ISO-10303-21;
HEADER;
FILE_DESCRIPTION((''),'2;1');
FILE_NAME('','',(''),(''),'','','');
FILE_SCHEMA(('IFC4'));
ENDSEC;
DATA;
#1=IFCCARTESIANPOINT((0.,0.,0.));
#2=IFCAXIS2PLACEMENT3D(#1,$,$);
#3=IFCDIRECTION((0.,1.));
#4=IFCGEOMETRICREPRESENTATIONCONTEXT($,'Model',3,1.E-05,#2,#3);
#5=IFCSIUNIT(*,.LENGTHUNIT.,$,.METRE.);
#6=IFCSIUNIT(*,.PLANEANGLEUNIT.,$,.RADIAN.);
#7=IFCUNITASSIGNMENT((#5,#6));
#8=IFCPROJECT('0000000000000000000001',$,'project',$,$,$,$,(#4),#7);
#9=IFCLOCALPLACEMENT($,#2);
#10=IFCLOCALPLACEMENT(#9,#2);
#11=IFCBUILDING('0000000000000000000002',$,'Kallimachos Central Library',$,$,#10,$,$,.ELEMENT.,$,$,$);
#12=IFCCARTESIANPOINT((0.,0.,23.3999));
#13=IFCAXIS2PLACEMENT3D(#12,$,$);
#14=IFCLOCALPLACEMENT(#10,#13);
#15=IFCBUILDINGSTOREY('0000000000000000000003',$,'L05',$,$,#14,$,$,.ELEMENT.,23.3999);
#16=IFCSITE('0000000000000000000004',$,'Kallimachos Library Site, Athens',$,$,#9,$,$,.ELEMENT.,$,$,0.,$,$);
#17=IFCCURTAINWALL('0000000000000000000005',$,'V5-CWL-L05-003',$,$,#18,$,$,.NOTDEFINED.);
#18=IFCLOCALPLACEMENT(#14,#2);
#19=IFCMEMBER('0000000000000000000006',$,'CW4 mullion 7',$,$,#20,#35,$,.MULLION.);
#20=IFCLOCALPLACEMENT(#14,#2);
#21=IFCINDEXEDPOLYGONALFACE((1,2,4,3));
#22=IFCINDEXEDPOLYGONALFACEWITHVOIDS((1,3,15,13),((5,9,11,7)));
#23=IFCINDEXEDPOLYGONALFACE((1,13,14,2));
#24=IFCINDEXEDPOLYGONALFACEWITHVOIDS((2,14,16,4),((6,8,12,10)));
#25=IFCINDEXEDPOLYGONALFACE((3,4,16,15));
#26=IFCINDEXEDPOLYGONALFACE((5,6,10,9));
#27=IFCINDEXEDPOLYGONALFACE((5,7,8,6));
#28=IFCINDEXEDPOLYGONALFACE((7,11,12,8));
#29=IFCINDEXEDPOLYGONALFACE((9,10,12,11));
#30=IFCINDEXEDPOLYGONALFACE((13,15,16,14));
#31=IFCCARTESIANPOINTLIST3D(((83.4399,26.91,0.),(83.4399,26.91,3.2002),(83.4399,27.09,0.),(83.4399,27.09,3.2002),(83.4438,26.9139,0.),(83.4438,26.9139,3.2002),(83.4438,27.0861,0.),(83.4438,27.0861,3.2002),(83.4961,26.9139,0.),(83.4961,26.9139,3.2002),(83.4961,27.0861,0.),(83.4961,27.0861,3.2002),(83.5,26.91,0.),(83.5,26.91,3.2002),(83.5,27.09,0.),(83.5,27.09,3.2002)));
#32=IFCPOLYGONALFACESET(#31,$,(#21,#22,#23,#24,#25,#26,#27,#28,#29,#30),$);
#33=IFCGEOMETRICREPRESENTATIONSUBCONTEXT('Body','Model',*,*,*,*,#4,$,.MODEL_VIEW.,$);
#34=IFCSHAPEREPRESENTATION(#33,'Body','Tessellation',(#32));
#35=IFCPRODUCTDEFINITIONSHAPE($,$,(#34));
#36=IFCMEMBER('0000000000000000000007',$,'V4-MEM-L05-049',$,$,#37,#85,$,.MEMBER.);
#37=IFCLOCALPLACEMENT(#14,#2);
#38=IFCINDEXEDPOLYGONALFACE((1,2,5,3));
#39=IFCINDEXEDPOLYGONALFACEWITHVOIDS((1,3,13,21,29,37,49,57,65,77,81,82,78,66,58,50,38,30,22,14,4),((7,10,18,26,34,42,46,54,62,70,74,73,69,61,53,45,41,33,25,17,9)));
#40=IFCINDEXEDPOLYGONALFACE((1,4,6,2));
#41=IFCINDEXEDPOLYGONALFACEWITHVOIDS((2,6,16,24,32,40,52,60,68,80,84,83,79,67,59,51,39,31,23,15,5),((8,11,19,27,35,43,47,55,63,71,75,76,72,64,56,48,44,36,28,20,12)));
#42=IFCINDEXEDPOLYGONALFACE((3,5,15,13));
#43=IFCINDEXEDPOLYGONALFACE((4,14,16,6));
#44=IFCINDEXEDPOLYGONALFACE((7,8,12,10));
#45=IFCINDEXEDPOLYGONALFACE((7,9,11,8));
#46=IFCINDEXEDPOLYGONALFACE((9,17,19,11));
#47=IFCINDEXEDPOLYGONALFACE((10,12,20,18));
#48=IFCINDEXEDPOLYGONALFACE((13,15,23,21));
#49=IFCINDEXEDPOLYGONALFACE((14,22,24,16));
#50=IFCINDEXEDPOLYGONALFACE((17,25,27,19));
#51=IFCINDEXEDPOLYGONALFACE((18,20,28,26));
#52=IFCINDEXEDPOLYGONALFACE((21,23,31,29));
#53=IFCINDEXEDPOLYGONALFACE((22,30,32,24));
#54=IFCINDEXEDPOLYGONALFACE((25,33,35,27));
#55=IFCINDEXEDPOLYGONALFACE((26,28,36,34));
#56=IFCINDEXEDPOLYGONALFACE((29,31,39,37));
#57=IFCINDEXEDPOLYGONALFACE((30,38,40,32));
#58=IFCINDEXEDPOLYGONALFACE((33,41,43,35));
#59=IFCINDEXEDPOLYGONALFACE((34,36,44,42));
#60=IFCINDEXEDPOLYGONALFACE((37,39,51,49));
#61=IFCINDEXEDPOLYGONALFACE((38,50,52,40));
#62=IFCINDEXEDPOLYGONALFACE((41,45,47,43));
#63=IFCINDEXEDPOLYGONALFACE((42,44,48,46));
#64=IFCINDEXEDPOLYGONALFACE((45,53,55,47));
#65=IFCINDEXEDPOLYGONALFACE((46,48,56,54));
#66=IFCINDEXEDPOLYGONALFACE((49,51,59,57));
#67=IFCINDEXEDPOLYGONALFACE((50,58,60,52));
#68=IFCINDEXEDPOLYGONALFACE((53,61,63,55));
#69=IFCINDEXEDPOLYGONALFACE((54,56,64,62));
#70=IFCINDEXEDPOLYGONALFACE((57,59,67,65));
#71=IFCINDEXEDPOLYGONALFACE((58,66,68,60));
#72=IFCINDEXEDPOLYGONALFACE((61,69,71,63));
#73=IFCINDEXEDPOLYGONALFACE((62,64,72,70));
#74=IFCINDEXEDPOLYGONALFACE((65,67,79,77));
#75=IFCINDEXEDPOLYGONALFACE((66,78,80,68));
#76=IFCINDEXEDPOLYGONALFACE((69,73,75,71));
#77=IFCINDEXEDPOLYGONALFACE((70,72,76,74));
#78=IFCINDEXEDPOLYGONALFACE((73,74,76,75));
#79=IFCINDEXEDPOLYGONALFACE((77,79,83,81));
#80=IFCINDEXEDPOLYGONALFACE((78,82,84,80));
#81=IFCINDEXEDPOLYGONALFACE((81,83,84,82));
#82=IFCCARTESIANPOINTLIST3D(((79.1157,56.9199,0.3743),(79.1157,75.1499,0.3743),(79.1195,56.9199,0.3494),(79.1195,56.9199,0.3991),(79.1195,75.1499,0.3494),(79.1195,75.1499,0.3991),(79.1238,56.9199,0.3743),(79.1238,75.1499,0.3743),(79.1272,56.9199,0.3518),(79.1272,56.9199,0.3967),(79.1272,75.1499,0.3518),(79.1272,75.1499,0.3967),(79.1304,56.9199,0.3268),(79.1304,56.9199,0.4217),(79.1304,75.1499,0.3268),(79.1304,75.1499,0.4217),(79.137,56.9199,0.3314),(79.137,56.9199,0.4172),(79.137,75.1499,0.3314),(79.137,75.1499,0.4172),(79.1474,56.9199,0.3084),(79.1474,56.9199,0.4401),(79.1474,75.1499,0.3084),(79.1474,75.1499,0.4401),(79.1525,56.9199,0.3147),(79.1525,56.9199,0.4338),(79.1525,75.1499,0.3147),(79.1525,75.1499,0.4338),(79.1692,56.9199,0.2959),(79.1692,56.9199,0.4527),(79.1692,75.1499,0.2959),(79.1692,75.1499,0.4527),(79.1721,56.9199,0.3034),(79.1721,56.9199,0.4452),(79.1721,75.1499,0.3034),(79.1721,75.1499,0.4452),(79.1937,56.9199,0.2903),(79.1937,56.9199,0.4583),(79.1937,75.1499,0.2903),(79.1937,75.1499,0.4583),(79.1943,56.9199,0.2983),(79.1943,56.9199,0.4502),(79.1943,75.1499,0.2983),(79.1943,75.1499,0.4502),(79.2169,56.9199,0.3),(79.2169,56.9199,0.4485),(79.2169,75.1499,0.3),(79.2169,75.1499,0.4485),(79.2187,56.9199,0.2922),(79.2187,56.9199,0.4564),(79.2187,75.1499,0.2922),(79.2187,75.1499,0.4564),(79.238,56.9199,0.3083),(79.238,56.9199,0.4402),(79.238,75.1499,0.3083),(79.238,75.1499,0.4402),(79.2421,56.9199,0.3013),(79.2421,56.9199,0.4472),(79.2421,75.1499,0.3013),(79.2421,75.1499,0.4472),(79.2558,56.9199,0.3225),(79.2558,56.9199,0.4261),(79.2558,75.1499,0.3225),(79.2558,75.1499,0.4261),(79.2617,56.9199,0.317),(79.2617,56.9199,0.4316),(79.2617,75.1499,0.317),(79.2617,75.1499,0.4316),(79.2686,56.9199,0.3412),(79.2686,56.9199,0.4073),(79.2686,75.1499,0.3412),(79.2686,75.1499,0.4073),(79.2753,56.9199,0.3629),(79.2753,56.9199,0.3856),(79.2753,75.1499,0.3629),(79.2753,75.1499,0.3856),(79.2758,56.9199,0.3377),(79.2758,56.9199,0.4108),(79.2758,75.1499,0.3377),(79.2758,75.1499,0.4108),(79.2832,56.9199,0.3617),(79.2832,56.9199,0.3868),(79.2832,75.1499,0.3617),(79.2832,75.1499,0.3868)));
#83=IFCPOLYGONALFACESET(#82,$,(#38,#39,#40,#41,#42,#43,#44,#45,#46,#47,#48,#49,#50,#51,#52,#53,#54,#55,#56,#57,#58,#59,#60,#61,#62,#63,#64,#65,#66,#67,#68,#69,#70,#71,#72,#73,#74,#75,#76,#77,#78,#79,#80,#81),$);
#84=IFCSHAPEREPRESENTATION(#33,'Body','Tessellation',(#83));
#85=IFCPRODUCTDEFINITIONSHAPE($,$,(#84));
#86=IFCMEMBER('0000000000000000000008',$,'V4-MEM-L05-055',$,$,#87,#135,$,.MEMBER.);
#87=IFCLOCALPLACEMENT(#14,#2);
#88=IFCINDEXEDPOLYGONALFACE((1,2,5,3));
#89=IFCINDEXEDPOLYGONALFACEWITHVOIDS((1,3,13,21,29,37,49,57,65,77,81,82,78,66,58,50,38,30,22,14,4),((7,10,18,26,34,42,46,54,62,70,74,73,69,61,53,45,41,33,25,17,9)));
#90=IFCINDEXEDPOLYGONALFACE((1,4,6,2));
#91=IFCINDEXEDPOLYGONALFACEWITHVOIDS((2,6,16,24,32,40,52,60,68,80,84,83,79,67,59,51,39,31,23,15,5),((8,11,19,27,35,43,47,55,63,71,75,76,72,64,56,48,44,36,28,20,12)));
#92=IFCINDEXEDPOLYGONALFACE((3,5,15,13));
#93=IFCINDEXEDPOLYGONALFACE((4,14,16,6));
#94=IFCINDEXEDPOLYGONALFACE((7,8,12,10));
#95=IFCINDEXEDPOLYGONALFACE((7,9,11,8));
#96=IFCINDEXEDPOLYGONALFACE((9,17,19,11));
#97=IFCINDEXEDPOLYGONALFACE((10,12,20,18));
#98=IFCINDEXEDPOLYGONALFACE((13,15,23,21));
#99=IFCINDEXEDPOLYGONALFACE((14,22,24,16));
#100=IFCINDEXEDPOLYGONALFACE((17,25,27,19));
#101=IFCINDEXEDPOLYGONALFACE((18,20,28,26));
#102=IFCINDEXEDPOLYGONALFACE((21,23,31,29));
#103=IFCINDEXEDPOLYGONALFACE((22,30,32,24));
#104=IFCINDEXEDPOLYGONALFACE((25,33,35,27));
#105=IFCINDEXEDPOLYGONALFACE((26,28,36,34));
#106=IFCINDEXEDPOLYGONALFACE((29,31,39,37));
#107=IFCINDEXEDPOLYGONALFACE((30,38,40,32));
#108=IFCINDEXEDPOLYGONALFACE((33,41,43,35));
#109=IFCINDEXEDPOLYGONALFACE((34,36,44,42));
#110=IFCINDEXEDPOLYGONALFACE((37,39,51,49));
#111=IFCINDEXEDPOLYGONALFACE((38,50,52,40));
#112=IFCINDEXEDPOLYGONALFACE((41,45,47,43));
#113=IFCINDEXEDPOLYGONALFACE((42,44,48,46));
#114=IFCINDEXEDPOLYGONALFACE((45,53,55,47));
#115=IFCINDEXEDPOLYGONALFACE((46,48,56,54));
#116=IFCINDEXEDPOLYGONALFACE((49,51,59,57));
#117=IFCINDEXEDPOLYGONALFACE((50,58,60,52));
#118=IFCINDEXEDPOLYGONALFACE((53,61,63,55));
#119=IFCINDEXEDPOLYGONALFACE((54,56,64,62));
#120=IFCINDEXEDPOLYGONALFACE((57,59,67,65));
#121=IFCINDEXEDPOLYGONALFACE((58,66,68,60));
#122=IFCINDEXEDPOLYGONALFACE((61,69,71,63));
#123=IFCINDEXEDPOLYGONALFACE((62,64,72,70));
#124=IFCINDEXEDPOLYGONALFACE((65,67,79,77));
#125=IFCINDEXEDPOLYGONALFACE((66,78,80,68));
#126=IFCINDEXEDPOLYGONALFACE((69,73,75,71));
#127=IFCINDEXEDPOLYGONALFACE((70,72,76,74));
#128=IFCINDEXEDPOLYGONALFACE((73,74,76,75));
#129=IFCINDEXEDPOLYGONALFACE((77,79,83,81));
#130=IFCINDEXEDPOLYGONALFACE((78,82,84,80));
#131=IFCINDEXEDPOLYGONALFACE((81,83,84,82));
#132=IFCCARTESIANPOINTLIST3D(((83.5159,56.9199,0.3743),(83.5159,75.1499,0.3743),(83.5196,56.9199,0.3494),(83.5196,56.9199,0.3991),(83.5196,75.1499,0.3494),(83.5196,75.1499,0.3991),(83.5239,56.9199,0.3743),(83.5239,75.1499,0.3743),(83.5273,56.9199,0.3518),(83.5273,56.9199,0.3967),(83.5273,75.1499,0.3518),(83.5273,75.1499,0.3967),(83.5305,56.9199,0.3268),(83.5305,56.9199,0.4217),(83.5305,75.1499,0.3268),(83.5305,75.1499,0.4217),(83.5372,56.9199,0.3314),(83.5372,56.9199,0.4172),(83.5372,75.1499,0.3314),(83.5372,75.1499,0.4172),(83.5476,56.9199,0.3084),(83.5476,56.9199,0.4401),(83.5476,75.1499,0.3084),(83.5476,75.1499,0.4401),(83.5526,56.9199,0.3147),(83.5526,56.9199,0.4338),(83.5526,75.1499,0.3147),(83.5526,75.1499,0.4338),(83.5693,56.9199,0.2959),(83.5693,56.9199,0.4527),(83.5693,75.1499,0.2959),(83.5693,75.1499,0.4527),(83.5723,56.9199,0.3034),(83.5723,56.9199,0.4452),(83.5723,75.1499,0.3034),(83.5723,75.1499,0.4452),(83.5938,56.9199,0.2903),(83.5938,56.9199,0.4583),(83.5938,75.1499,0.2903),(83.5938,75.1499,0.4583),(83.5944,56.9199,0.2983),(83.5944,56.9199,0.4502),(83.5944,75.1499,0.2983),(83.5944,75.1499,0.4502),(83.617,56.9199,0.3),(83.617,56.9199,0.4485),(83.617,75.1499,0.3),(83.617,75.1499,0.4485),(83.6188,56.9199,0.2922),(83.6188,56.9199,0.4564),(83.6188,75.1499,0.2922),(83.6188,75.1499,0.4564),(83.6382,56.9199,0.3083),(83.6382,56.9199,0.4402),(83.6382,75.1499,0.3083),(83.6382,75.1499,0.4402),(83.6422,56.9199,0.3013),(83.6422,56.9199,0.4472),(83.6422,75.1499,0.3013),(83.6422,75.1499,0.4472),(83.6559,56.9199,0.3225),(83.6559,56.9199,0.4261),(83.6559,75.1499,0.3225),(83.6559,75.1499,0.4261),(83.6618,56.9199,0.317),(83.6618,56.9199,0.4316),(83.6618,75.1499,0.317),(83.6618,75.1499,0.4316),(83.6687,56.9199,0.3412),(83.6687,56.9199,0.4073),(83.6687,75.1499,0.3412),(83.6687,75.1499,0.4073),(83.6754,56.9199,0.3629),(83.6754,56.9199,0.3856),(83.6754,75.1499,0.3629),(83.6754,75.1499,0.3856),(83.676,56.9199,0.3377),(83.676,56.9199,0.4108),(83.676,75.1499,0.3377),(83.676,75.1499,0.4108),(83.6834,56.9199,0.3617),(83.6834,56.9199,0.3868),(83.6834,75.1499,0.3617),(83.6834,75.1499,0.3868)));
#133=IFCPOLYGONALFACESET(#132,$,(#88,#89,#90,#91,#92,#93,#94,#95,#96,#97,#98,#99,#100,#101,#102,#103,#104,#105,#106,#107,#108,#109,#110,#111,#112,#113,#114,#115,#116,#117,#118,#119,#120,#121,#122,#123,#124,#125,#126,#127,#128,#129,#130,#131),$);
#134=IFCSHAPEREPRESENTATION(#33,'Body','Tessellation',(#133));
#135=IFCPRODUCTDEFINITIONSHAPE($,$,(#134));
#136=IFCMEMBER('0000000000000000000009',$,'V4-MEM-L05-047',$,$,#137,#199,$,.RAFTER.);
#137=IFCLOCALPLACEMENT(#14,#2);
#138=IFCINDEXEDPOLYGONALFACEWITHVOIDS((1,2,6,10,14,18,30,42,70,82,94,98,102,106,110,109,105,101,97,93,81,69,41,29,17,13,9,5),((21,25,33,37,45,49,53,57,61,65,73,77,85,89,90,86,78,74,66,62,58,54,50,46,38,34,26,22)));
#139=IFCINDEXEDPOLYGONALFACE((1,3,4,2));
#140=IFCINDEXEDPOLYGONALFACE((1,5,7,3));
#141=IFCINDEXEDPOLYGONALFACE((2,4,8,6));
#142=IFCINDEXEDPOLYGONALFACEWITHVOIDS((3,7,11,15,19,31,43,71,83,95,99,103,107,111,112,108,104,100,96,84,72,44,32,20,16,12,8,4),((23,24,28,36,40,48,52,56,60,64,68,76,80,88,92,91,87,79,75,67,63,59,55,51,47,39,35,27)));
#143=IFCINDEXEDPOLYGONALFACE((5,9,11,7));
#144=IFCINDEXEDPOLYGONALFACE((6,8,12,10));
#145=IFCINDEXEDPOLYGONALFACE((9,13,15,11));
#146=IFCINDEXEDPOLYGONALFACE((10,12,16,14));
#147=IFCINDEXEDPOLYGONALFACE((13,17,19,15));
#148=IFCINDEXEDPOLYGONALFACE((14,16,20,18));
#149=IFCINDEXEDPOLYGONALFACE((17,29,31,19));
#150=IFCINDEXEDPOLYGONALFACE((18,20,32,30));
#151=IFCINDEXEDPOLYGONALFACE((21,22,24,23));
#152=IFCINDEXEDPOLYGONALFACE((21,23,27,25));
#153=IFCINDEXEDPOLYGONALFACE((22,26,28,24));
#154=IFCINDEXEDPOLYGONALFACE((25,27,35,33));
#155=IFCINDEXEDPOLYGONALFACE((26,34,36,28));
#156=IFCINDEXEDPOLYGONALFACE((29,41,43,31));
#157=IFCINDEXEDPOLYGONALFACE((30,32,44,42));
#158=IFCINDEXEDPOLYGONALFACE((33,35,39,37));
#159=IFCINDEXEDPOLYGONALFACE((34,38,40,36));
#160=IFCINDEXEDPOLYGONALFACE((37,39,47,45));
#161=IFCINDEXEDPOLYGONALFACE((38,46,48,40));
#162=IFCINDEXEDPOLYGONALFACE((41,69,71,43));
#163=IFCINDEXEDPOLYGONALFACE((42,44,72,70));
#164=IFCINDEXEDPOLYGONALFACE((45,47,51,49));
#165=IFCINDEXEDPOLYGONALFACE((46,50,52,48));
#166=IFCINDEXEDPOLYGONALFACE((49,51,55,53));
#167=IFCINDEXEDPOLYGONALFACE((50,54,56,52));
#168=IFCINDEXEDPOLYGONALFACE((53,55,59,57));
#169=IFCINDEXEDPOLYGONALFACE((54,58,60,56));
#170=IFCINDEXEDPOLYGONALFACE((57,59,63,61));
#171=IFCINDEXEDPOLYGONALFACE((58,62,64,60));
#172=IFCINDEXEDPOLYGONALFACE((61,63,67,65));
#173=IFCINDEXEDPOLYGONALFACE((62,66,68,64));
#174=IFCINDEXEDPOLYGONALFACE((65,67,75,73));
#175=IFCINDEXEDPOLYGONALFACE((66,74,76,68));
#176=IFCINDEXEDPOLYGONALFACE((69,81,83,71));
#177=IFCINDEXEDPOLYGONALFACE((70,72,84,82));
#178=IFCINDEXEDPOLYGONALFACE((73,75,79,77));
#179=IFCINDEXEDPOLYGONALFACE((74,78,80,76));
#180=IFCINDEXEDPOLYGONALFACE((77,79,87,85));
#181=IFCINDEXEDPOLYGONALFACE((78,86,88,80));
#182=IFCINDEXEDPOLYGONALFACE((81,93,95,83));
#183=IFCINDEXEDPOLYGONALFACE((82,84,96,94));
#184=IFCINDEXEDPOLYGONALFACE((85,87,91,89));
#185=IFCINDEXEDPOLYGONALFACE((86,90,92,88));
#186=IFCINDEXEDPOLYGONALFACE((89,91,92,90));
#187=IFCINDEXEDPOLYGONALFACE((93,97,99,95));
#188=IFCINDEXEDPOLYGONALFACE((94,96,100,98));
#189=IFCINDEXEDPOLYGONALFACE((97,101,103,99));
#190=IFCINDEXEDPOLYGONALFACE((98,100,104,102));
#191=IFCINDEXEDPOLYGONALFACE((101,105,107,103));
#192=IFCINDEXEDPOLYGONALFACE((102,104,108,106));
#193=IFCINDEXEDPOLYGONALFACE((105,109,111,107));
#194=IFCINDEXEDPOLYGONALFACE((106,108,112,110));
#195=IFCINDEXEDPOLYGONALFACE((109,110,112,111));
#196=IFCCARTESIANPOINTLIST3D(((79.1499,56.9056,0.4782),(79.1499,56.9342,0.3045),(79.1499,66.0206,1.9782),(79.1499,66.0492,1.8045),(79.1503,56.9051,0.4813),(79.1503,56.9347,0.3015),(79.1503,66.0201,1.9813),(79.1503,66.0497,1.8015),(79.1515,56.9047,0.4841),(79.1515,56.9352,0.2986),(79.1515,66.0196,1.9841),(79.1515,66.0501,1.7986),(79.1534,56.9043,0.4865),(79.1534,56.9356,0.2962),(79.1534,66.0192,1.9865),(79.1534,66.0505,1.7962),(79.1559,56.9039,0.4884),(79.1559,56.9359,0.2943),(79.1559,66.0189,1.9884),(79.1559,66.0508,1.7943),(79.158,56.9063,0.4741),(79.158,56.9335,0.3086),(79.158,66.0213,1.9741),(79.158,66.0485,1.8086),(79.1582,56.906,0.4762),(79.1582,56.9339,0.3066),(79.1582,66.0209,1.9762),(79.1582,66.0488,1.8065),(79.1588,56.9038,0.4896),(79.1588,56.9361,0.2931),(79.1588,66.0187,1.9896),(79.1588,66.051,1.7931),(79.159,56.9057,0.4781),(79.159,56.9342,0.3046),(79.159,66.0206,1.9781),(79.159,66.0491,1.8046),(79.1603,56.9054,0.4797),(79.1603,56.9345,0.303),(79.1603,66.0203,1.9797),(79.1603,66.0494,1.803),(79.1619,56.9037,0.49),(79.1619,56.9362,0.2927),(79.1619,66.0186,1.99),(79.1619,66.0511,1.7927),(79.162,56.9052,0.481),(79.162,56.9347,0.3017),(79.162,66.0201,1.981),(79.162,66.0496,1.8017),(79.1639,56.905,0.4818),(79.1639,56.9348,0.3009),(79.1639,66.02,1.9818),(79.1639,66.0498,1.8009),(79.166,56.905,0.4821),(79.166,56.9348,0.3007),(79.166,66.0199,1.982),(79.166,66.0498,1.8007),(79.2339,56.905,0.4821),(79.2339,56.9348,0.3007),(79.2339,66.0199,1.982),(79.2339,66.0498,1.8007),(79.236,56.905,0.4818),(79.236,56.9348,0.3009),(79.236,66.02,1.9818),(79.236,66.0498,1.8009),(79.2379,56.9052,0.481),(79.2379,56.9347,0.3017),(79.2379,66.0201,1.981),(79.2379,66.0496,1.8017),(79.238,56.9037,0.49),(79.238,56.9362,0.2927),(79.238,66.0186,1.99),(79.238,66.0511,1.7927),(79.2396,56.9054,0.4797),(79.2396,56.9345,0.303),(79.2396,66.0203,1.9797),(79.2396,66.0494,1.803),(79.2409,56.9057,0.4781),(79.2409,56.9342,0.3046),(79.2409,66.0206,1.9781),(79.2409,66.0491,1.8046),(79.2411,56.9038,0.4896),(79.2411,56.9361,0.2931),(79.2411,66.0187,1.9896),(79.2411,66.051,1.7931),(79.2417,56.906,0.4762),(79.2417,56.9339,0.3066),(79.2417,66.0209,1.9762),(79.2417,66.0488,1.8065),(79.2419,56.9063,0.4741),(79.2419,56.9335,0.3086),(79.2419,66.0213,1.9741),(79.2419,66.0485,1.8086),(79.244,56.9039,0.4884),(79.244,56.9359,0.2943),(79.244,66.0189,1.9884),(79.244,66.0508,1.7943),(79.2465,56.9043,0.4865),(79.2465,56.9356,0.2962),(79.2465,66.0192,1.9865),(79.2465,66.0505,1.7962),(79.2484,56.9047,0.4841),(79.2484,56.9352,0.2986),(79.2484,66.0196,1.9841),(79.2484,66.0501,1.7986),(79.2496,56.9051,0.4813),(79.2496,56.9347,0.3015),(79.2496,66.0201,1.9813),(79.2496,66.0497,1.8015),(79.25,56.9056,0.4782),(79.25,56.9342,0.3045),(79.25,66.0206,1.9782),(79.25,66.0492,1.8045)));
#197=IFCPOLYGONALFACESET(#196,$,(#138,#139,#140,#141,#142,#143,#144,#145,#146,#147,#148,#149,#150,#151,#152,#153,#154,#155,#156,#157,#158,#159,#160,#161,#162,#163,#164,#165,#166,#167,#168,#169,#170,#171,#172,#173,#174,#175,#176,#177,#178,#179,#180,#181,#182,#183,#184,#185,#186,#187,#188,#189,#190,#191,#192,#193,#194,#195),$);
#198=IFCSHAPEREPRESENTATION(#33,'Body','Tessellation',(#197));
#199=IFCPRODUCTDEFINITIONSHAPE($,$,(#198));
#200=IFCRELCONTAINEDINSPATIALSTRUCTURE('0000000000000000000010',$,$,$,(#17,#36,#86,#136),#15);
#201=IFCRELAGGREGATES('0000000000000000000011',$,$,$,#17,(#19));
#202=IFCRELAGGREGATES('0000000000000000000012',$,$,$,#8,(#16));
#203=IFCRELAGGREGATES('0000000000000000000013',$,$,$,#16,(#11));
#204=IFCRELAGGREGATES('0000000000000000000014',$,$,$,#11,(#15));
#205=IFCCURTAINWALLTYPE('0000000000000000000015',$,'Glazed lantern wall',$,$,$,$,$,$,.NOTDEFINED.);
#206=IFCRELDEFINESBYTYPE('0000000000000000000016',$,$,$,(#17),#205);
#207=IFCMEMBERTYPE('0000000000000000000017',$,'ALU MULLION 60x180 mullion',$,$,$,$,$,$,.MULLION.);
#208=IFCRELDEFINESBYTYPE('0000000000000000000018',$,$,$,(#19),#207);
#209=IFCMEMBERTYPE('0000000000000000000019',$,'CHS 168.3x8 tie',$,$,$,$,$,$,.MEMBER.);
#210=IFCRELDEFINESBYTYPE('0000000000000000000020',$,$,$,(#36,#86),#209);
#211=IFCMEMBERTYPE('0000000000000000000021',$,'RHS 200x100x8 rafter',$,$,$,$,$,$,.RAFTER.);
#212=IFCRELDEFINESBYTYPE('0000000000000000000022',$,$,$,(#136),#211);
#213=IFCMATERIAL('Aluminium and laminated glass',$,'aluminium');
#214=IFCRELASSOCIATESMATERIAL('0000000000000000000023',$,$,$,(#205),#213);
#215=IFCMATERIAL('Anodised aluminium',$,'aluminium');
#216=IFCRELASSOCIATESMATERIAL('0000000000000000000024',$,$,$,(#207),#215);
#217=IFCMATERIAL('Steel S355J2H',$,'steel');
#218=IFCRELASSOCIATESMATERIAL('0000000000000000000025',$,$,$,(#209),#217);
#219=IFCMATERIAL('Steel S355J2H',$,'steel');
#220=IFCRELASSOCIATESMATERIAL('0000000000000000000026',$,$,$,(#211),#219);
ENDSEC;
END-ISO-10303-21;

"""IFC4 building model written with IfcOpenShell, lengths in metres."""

from ifc_helpers import new_model, si_unit, direction, frame, origin, origin_2d, place, context, subcontext, project, spatial, hollow_rectangle, hollow_circle, extrude, material, material_profile, profile_set, type_object, element, aggregate, save


model = new_model("IFC4")

# Units and contexts
model_context = context("Model", 3, precision=1e-05, world=origin(), true_north=direction((0.0, 1.0)))
body_context = subcontext(model_context, "Body", "Model", "MODEL_VIEW")
ifc_project = project(units=[si_unit("LENGTHUNIT", "METRE"), si_unit("PLANEANGLEUNIT", "RADIAN")], contexts=[model_context])

# Site, building, storey
site_placement = place(None, origin())
site = spatial("IfcSite", under=ifc_project, at=site_placement, Name="Kallimachos Library Site, Athens", CompositionType="ELEMENT", RefElevation=0.0)
building_placement = place(site_placement, origin())
building = spatial("IfcBuilding", under=site, at=building_placement, Name="Kallimachos Central Library", CompositionType="ELEMENT")
storey_placement = place(building_placement, frame((0.0, 0.0, 23.3999)))
storey = spatial("IfcBuildingStorey", under=building, at=storey_placement, Name="L05", CompositionType="ELEMENT", Elevation=23.3999)

# Curtain wall, member
ifc_material_1 = material(Name="Aluminium and laminated glass", Category="aluminium")
curtain_wall_type = type_object("IfcCurtainWallType", Name="Glazed lantern wall", PredefinedType="NOTDEFINED", material=ifc_material_1)
curtain_wall_placement = place(storey_placement, origin())
curtain_wall = element("IfcCurtainWall", 1, at=curtain_wall_placement, inside=storey, type_object=curtain_wall_type, Name="V5-CWL-L05-003", PredefinedType="NOTDEFINED")
ifc_material_2 = material(Name="Anodised aluminium", Category="aluminium")
ifc_material_profile_1 = material_profile(ifc_material_2, hollow_rectangle(XDim=0.0601, YDim=0.1799, WallThickness=0.0039, at=origin_2d()), Name="ALU MULLION 60x180")
ifc_profile_set_1 = profile_set([ifc_material_profile_1], Name="Anodised aluminium")
member_type_1 = type_object("IfcMemberType", Name="ALU MULLION 60x180 mullion", PredefinedType="MULLION", material=ifc_profile_set_1)
member_placement = place(storey_placement, frame((83.47, 27.0, 0.0), z_axis=(0.0, 0.0, 1.0), x_axis=(1.0, 0.0, 0.0)))
member = element("IfcMember", 2, at=member_placement, type_object=member_type_1, Name="CW4 mullion 7", PredefinedType="MULLION", context=body_context, shape_type="SweptSolid", body=[
    extrude(hollow_rectangle(XDim=0.0601, YDim=0.1799, WallThickness=0.0039, at=origin_2d()), origin(), (0.0, 0.0, 1.0), 3.2002),
])

# Members
ifc_material_3 = material(Name="Steel S355J2H", Category="steel")
ifc_material_profile_2 = material_profile(ifc_material_3, hollow_circle(Radius=0.0842, WallThickness=0.0081, at=origin_2d()), Name="CHS 168.3x8")
ifc_profile_set_2 = profile_set([ifc_material_profile_2], Name="Steel S355J2H")
member_type_2 = type_object("IfcMemberType", Name="CHS 168.3x8 tie", PredefinedType="MEMBER", material=ifc_profile_set_2)
for number, where, z_axis, x_axis, name in (
    (3, (79.2, 56.9199, 0.3743), (0.0, 1.0, 0.0), (-1.0, 0.0, 0.0), "V4-MEM-L05-049"),
    (4, (83.6001, 56.9199, 0.3743), (0.0, 1.0, 0.0), (-1.0, 0.0, 0.0), "V4-MEM-L05-055"),
):
    element("IfcMember", number, at=place(storey_placement, frame(where, z_axis=z_axis, x_axis=x_axis)), inside=storey, type_object=member_type_2, Name=name, PredefinedType="MEMBER", context=body_context, shape_type="SweptSolid", body=[
        extrude(hollow_circle(Radius=0.0842, WallThickness=0.0081, at=origin_2d()), origin(), (0.0, 0.0, 1.0), 18.23),
    ])
ifc_material_4 = material(Name="Steel S355J2H", Category="steel")
ifc_material_profile_3 = material_profile(ifc_material_4, hollow_rectangle(XDim=0.1001, YDim=0.2, WallThickness=0.0081, InnerFilletRadius=0.0081, OuterFilletRadius=0.012, at=origin_2d()), Name="RHS 200x100x8")
ifc_profile_set_3 = profile_set([ifc_material_profile_3], Name="Steel S355J2H")
member_type_3 = type_object("IfcMemberType", Name="RHS 200x100x8 rafter", PredefinedType="RAFTER", material=ifc_profile_set_3)
for number, where, z_axis, x_axis, name in (
    (5, (79.2, 56.9199, 0.3914), (0.0, 0.986728, 0.16238), (-1.0, 0.0, 0.0), "V4-MEM-L05-047"),
):
    element("IfcMember", number, at=place(storey_placement, frame(where, z_axis=z_axis, x_axis=x_axis)), inside=storey, type_object=member_type_3, Name=name, PredefinedType="RAFTER", context=body_context, shape_type="SweptSolid", body=[
        extrude(hollow_rectangle(XDim=0.1001, YDim=0.2, WallThickness=0.0081, InnerFilletRadius=0.0081, OuterFilletRadius=0.012, at=origin_2d()), origin(), (0.0, 0.0, 1.0), 9.2375),
    ])

aggregate(curtain_wall, [member])

save(model, "model.ifc")
